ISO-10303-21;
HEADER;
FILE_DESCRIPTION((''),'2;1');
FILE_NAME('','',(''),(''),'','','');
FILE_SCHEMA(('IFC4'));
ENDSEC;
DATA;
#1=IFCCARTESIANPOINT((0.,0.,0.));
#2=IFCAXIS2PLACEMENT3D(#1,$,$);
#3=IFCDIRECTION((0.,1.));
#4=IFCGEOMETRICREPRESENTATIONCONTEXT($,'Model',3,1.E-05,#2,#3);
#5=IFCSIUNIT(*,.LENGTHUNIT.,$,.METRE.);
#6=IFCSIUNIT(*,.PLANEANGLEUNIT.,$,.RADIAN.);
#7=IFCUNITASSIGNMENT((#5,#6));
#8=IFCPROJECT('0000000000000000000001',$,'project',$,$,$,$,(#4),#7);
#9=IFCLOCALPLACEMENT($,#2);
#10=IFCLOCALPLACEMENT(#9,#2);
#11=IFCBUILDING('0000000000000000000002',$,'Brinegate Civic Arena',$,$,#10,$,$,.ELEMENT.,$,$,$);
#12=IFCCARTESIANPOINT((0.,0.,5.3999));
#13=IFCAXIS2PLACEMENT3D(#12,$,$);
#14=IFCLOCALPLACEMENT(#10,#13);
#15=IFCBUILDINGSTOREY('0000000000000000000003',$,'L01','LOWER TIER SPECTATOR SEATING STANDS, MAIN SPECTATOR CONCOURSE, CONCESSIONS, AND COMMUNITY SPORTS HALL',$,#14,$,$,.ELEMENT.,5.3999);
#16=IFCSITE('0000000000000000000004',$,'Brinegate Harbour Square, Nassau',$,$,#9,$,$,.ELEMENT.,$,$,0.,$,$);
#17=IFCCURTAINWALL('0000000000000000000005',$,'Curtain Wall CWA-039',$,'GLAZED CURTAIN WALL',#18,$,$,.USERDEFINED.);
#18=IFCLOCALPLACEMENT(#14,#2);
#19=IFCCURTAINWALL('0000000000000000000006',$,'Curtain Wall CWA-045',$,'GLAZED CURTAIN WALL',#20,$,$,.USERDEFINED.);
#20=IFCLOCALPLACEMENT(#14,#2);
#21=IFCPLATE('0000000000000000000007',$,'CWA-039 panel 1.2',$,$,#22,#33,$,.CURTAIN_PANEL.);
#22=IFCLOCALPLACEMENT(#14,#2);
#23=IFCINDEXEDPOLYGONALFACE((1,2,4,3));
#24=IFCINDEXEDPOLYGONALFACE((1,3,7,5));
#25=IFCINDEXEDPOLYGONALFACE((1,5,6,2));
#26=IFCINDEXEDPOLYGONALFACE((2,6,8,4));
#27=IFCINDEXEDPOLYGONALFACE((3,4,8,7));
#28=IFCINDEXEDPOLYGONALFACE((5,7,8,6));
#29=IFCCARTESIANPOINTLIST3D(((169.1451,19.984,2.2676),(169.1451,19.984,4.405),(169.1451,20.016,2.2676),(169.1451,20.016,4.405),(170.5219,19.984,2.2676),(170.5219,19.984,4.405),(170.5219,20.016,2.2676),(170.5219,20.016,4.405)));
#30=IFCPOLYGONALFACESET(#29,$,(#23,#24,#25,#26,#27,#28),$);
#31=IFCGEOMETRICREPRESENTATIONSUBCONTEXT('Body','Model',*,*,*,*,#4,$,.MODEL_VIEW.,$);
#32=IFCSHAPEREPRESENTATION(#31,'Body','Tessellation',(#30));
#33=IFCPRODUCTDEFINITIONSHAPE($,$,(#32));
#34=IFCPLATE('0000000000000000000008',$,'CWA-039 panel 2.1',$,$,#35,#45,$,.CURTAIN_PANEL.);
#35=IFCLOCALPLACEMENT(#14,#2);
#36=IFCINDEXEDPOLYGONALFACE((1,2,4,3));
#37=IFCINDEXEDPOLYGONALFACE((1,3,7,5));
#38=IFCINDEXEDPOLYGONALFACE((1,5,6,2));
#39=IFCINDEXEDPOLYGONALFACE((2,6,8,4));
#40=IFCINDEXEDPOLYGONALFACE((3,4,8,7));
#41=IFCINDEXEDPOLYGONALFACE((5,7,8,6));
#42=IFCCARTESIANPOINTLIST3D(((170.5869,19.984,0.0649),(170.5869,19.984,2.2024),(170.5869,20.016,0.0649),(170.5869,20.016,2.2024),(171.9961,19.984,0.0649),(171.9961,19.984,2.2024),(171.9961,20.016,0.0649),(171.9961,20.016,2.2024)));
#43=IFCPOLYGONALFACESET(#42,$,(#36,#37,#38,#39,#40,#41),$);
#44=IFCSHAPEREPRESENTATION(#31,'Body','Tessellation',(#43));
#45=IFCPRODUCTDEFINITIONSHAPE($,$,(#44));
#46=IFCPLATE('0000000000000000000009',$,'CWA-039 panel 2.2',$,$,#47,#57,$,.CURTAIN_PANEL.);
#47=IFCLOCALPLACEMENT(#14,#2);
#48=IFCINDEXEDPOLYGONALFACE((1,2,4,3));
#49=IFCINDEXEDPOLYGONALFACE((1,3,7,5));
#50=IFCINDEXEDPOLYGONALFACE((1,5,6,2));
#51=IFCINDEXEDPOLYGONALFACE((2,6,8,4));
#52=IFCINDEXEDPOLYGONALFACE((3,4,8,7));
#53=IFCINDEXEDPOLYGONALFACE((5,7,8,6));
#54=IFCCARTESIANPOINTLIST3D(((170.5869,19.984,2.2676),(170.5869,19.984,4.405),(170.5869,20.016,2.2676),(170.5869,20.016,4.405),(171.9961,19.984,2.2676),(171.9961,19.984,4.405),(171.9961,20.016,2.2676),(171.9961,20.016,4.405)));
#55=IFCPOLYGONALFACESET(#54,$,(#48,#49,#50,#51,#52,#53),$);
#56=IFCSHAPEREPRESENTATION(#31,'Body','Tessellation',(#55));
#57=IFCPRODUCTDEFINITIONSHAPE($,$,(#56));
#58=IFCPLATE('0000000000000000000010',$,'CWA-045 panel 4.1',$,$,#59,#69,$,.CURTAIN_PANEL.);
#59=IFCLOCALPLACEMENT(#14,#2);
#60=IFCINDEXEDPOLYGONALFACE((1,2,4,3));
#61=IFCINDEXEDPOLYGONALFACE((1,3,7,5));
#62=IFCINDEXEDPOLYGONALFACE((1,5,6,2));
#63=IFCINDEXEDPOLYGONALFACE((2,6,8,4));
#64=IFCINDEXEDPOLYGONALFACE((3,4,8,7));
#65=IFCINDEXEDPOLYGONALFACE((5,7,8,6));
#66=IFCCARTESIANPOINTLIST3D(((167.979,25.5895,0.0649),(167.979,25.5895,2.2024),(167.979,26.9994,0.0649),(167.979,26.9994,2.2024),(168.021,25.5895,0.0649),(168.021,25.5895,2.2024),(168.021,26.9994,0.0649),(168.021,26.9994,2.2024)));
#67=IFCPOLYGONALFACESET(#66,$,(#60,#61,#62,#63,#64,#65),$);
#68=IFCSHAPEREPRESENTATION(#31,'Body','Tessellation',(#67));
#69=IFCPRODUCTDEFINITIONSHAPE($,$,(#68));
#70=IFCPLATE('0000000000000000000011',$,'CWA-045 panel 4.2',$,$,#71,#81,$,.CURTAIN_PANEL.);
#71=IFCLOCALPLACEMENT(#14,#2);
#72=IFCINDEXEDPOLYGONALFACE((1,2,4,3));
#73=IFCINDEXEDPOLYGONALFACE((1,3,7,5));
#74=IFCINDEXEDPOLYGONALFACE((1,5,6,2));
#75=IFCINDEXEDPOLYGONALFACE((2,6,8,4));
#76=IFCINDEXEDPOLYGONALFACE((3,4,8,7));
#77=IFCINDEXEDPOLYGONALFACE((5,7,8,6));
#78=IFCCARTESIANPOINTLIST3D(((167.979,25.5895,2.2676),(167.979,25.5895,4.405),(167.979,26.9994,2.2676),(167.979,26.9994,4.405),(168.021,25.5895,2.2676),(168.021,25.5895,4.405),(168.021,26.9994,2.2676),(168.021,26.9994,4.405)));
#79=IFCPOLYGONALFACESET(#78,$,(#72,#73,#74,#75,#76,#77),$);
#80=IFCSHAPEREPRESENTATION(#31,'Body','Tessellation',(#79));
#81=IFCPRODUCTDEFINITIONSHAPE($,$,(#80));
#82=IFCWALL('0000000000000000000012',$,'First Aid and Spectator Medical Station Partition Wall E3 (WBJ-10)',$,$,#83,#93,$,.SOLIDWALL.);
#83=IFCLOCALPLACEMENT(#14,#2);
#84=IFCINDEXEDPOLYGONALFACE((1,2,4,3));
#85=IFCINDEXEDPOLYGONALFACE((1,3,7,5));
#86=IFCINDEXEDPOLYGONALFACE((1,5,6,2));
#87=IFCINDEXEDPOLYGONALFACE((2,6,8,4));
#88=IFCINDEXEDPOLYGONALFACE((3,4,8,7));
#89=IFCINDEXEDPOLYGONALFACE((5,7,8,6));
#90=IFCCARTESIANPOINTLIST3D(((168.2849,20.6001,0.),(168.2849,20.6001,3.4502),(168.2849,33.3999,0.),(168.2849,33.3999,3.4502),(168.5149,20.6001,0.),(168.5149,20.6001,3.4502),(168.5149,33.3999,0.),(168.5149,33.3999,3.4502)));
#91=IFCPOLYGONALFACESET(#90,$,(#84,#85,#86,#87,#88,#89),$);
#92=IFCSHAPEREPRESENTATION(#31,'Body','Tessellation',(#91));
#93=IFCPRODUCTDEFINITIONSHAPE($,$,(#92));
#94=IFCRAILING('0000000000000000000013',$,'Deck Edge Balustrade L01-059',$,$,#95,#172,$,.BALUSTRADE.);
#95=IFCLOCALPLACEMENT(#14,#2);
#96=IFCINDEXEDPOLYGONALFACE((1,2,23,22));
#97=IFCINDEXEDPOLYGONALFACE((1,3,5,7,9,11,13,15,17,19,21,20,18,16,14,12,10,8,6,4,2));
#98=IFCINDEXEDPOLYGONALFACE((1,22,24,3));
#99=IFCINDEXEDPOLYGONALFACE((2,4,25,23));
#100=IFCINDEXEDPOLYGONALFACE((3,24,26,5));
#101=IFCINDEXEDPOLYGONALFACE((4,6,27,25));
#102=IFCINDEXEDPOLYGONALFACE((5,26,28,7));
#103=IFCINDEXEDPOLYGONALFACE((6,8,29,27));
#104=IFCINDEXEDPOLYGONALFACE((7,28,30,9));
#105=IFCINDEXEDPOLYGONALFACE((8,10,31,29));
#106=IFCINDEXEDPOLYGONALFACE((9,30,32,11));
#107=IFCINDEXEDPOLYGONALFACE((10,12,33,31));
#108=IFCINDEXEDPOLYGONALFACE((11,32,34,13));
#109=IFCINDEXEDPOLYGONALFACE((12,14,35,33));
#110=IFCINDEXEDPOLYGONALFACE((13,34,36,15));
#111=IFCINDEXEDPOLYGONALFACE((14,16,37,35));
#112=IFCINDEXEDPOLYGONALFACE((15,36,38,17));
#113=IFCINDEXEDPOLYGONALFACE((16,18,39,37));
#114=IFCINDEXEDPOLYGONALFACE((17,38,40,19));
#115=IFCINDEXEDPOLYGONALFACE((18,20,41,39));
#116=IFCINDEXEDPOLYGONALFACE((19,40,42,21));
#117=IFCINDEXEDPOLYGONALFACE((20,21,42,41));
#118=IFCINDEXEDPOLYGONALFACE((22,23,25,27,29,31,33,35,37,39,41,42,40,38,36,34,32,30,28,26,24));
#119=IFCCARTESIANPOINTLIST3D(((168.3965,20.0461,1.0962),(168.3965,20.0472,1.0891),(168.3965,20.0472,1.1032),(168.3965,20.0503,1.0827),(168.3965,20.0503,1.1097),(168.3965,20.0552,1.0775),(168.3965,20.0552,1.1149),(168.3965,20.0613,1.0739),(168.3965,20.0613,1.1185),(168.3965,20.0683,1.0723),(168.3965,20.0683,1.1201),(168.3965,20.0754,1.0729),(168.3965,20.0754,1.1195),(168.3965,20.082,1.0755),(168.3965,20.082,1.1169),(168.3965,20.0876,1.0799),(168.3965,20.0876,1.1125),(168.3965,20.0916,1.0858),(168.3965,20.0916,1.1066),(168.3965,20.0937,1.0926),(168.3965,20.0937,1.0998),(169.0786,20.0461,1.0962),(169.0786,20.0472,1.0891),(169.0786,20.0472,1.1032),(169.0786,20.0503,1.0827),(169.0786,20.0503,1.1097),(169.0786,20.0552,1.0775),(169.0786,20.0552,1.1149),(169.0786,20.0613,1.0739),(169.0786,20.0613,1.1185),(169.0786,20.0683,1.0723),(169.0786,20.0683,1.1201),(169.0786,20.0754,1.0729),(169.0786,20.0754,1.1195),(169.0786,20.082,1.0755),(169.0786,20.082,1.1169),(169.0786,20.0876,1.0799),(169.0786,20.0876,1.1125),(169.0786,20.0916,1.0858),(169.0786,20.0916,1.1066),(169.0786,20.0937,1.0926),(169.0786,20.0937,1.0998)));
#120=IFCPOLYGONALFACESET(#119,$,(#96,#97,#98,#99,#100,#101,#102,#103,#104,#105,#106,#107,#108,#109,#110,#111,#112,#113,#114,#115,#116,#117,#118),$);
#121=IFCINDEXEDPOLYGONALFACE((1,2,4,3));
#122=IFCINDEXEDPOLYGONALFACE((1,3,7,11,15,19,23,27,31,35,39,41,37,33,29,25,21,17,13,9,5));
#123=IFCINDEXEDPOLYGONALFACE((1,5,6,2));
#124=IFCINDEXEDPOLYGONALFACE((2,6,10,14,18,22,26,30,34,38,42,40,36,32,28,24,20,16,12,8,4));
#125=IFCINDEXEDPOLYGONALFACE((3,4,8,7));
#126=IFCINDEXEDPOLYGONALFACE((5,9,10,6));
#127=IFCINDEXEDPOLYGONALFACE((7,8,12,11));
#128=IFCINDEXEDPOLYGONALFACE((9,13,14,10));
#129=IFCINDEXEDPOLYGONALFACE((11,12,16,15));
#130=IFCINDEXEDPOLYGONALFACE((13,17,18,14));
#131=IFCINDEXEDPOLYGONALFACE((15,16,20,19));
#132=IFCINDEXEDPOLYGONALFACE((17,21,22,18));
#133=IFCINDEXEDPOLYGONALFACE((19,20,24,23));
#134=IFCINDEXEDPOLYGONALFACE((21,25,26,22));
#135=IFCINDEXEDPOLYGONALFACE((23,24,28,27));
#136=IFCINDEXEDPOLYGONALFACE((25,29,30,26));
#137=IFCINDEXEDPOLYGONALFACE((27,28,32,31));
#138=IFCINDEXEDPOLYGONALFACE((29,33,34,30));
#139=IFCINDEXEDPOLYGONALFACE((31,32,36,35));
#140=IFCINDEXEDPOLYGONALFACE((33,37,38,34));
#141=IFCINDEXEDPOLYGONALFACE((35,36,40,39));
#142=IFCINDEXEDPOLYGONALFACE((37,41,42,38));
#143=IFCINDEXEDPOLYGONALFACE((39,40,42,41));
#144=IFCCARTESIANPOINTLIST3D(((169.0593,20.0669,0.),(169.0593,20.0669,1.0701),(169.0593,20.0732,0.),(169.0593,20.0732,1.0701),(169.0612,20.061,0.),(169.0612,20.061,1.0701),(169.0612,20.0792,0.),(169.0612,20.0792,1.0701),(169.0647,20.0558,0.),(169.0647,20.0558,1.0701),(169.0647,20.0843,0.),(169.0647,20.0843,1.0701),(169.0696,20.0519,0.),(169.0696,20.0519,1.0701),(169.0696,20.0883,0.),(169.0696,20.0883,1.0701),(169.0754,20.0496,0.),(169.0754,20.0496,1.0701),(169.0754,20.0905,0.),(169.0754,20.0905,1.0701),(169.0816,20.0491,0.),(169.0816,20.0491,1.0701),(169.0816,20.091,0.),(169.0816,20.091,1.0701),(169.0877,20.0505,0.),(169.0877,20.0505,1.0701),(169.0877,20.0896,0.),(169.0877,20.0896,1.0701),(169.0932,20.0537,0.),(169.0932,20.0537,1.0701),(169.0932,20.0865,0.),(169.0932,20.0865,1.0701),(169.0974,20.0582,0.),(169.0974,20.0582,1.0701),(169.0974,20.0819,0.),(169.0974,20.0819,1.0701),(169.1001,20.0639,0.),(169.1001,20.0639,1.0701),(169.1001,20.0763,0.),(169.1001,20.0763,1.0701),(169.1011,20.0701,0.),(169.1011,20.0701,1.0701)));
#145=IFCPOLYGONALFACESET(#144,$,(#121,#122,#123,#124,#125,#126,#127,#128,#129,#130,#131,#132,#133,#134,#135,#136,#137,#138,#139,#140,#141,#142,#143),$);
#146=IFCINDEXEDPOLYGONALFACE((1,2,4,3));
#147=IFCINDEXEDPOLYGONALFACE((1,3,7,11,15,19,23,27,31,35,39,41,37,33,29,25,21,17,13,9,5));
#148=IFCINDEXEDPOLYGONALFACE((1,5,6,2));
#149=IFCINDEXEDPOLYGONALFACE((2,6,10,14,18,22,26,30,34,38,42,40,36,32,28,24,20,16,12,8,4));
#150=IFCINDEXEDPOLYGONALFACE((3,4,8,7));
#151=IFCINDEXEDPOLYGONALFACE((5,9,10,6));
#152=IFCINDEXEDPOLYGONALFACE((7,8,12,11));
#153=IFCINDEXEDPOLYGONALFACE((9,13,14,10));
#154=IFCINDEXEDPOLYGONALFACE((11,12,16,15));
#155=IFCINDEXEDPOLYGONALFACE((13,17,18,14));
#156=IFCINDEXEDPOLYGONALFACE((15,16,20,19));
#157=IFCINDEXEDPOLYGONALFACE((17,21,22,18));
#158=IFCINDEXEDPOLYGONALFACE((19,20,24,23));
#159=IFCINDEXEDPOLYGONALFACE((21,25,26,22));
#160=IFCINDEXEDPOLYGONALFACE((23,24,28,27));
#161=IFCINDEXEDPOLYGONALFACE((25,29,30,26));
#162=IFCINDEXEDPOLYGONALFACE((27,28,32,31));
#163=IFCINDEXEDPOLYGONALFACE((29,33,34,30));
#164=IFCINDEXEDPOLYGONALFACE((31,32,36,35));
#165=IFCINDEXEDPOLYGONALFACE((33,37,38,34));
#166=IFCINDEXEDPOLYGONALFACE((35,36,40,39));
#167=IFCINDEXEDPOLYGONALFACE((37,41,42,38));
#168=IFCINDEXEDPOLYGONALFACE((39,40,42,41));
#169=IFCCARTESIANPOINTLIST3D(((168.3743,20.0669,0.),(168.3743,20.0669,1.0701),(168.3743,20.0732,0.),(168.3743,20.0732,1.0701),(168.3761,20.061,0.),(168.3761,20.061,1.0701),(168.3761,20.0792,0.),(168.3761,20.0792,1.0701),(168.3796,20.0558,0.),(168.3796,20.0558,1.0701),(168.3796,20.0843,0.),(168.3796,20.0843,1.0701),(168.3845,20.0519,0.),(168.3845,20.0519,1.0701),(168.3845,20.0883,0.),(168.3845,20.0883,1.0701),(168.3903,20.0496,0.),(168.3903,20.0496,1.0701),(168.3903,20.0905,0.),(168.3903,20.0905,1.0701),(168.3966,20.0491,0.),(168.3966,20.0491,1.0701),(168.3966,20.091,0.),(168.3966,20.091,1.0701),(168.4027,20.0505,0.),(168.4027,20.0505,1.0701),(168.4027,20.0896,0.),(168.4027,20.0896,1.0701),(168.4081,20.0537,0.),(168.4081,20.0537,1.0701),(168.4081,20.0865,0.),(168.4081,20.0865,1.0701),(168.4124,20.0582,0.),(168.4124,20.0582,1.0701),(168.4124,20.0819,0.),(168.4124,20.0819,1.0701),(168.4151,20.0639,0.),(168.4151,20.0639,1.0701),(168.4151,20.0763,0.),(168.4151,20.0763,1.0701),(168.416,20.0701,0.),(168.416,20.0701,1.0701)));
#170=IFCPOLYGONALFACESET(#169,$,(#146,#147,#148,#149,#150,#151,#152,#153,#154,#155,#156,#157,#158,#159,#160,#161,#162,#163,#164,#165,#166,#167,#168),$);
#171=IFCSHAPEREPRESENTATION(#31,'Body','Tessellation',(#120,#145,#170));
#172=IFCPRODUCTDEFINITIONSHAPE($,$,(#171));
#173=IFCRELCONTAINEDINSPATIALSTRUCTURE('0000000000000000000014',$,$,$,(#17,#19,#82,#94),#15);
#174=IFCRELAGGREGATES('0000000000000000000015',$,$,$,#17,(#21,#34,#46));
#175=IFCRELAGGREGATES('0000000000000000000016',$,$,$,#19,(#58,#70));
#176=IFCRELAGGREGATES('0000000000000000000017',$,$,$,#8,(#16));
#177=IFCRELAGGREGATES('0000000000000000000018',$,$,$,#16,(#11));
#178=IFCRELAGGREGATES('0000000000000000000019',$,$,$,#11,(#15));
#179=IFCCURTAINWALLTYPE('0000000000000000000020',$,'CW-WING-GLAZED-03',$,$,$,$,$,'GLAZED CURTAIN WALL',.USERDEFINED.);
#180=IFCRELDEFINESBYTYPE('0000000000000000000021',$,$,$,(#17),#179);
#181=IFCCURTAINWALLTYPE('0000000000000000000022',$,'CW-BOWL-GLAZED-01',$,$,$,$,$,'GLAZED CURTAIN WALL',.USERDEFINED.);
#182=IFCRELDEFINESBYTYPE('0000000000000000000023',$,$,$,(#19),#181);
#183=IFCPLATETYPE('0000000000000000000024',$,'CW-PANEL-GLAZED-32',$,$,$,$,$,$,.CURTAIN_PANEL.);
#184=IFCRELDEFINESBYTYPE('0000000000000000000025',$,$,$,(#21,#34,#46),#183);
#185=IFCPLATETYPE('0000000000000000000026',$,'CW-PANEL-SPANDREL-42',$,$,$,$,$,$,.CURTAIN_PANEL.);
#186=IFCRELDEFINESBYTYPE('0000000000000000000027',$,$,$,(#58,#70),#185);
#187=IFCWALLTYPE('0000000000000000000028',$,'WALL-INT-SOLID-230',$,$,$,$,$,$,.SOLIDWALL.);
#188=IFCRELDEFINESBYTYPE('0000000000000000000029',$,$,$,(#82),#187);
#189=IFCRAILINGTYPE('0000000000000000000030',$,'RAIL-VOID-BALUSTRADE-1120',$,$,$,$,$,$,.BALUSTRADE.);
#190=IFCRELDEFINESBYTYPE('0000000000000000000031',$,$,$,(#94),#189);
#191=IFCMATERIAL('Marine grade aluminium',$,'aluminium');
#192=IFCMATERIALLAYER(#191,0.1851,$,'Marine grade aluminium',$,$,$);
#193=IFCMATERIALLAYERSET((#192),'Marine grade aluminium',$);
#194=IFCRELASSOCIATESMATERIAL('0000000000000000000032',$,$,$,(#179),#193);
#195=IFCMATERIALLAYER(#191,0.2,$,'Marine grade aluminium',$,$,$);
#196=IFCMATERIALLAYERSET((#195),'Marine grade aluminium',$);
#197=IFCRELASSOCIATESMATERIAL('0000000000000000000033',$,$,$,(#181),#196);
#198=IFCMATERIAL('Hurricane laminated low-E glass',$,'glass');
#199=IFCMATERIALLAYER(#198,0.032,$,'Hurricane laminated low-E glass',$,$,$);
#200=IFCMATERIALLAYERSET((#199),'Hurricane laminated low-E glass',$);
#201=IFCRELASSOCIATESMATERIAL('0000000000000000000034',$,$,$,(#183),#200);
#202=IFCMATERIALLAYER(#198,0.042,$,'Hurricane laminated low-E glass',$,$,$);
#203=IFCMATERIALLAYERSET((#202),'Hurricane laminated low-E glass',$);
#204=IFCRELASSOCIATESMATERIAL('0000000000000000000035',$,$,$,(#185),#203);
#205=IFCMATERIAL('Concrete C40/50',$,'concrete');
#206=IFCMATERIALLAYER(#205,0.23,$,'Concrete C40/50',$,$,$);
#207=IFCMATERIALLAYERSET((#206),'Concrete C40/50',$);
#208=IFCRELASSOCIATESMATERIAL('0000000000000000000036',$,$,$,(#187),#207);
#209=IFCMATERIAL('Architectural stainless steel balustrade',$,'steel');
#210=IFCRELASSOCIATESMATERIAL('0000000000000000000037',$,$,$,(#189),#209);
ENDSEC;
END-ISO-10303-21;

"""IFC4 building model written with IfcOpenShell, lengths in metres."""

from ifc_helpers import new_model, si_unit, direction, frame, frame_2d, origin, origin_2d, place, context, subcontext, project, spatial, rectangle, circle, extrude, material, layer, layer_set, type_object, element, aggregate, save


model = new_model("IFC4")

# Units and contexts
model_context = context("Model", 3, precision=1e-05, world=origin(), true_north=direction((0.0, 1.0)))
body_context = subcontext(model_context, "Body", "Model", "MODEL_VIEW")
ifc_project = project(units=[si_unit("LENGTHUNIT", "METRE"), si_unit("PLANEANGLEUNIT", "RADIAN")], contexts=[model_context])

# Site, building, storey
site_placement = place(None, origin())
site = spatial("IfcSite", under=ifc_project, at=site_placement, Name="Brinegate Harbour Square, Nassau", CompositionType="ELEMENT", RefElevation=0.0)
building_placement = place(site_placement, origin())
building = spatial("IfcBuilding", under=site, at=building_placement, Name="Brinegate Civic Arena", CompositionType="ELEMENT")
storey_placement = place(building_placement, frame((0.0, 0.0, 5.3999)))
storey = spatial("IfcBuildingStorey", under=building, at=storey_placement, Name="L01", Description="LOWER TIER SPECTATOR SEATING STANDS, MAIN SPECTATOR CONCOURSE, CONCESSIONS, AND COMMUNITY SPORTS HALL", CompositionType="ELEMENT", Elevation=5.3999)

# Curtain wall
ifc_material_1 = material(Name="Marine grade aluminium", Category="aluminium")
ifc_layer_1 = layer(ifc_material_1, 0.1851, Name="Marine grade aluminium")
ifc_layer_set_1 = layer_set([ifc_layer_1], Name="Marine grade aluminium")
curtain_wall_type_1 = type_object("IfcCurtainWallType", Name="CW-WING-GLAZED-03", ElementType="GLAZED CURTAIN WALL", PredefinedType="USERDEFINED", material=ifc_layer_set_1)
curtain_wall_1_placement = place(storey_placement, origin())
curtain_wall_1 = element("IfcCurtainWall", 1, at=curtain_wall_1_placement, inside=storey, type_object=curtain_wall_type_1, Name="Curtain Wall CWA-039", ObjectType="GLAZED CURTAIN WALL", PredefinedType="USERDEFINED")

# Curtain wall
ifc_layer_2 = layer(ifc_material_1, 0.2, Name="Marine grade aluminium")
ifc_layer_set_2 = layer_set([ifc_layer_2], Name="Marine grade aluminium")
curtain_wall_type_2 = type_object("IfcCurtainWallType", Name="CW-BOWL-GLAZED-01", ElementType="GLAZED CURTAIN WALL", PredefinedType="USERDEFINED", material=ifc_layer_set_2)
curtain_wall_2_placement = place(storey_placement, origin())
curtain_wall_2 = element("IfcCurtainWall", 2, at=curtain_wall_2_placement, inside=storey, type_object=curtain_wall_type_2, Name="Curtain Wall CWA-045", ObjectType="GLAZED CURTAIN WALL", PredefinedType="USERDEFINED")

# Plates
ifc_material_2 = material(Name="Hurricane laminated low-E glass", Category="glass")
ifc_layer_3 = layer(ifc_material_2, 0.032, Name="Hurricane laminated low-E glass")
ifc_layer_set_3 = layer_set([ifc_layer_3], Name="Hurricane laminated low-E glass")
plate_type_1 = type_object("IfcPlateType", Name="CW-PANEL-GLAZED-32", PredefinedType="CURTAIN_PANEL", material=ifc_layer_set_3)
plate_1_placement = place(storey_placement, frame((169.8335, 20.0, 2.2676), z_axis=(0.0, 0.0, 1.0), x_axis=(1.0, 0.0, 0.0)))
plate_1 = element("IfcPlate", 3, at=plate_1_placement, type_object=plate_type_1, Name="CWA-039 panel 1.2", PredefinedType="CURTAIN_PANEL", context=body_context, shape_type="SweptSolid", body=[
    extrude(rectangle(XDim=1.3767, YDim=0.032, at=origin_2d()), origin(), (0.0, 0.0, 1.0), 2.1375),
])
plate_2_placement = place(storey_placement, frame((171.2915, 20.0, 0.0649), z_axis=(0.0, 0.0, 1.0), x_axis=(1.0, 0.0, 0.0)))
plate_2 = element("IfcPlate", 4, at=plate_2_placement, type_object=plate_type_1, Name="CWA-039 panel 2.1", PredefinedType="CURTAIN_PANEL", context=body_context, shape_type="SweptSolid", body=[
    extrude(rectangle(XDim=1.4092, YDim=0.032, at=origin_2d()), origin(), (0.0, 0.0, 1.0), 2.1375),
])
plate_3_placement = place(storey_placement, frame((171.2915, 20.0, 2.2676), z_axis=(0.0, 0.0, 1.0), x_axis=(1.0, 0.0, 0.0)))
plate_3 = element("IfcPlate", 5, at=plate_3_placement, type_object=plate_type_1, Name="CWA-039 panel 2.2", PredefinedType="CURTAIN_PANEL", context=body_context, shape_type="SweptSolid", body=[
    extrude(rectangle(XDim=1.4092, YDim=0.032, at=origin_2d()), origin(), (0.0, 0.0, 1.0), 2.1375),
])
aggregate(curtain_wall_1, [plate_1, plate_2, plate_3])
ifc_layer_4 = layer(ifc_material_2, 0.042, Name="Hurricane laminated low-E glass")
ifc_layer_set_4 = layer_set([ifc_layer_4], Name="Hurricane laminated low-E glass")
plate_type_2 = type_object("IfcPlateType", Name="CW-PANEL-SPANDREL-42", PredefinedType="CURTAIN_PANEL", material=ifc_layer_set_4)
plate_4_placement = place(storey_placement, frame((168.0, 26.2944, 0.0649), z_axis=(0.0, 0.0, 1.0), x_axis=(0.0, 1.0, 0.0)))
plate_4 = element("IfcPlate", 6, at=plate_4_placement, type_object=plate_type_2, Name="CWA-045 panel 4.1", PredefinedType="CURTAIN_PANEL", context=body_context, shape_type="SweptSolid", body=[
    extrude(rectangle(XDim=1.4099, YDim=0.042, at=origin_2d()), origin(), (0.0, 0.0, 1.0), 2.1375),
])
plate_5_placement = place(storey_placement, frame((168.0, 26.2944, 2.2676), z_axis=(0.0, 0.0, 1.0), x_axis=(0.0, 1.0, 0.0)))
plate_5 = element("IfcPlate", 7, at=plate_5_placement, type_object=plate_type_2, Name="CWA-045 panel 4.2", PredefinedType="CURTAIN_PANEL", context=body_context, shape_type="SweptSolid", body=[
    extrude(rectangle(XDim=1.4099, YDim=0.042, at=origin_2d()), origin(), (0.0, 0.0, 1.0), 2.1375),
])
aggregate(curtain_wall_2, [plate_4, plate_5])

# Wall
ifc_material_3 = material(Name="Concrete C40/50", Category="concrete")
ifc_layer_5 = layer(ifc_material_3, 0.23, Name="Concrete C40/50")
ifc_layer_set_5 = layer_set([ifc_layer_5], Name="Concrete C40/50")
wall_type = type_object("IfcWallType", Name="WALL-INT-SOLID-230", PredefinedType="SOLIDWALL", material=ifc_layer_set_5)
wall_placement = place(storey_placement, frame((168.3999, 20.6001, 0.0), z_axis=(0.0, 0.0, 1.0), x_axis=(0.0, 1.0, 0.0)))
element("IfcWall", 8, at=wall_placement, inside=storey, type_object=wall_type, Name="First Aid and Spectator Medical Station Partition Wall E3 (WBJ-10)", PredefinedType="SOLIDWALL", context=body_context, shape_type="SweptSolid", body=[
    extrude(rectangle(XDim=12.7998, YDim=0.23, at=frame_2d((6.3999, 0.0))), origin(), (0.0, 0.0, 1.0), 3.4502),
])

# Railing
ifc_material_4 = material(Name="Architectural stainless steel balustrade", Category="steel")
railing_type = type_object("IfcRailingType", Name="RAIL-VOID-BALUSTRADE-1120", PredefinedType="BALUSTRADE", material=ifc_material_4)
railing_placement = place(storey_placement, frame((169.0801, 20.0701, 0.0)))
element("IfcRailing", 9, at=railing_placement, inside=storey, type_object=railing_type, Name="Deck Edge Balustrade L01-059", PredefinedType="BALUSTRADE", context=body_context, shape_type="SweptSolid", body=[
    extrude(circle(Radius=0.0239, at=origin_2d()), frame((-0.0015, 0.0, 1.0962), z_axis=(-1.0, 0.0, 0.0), x_axis=(0.0, -1.0, 0.0)), (0.0, 0.0, 1.0), 0.6821),
    extrude(circle(Radius=0.021, at=origin_2d()), origin(), (0.0, 0.0, 1.0), 1.0701),
    extrude(circle(Radius=0.021, at=origin_2d()), frame((-0.6851, 0.0, 0.0)), (0.0, 0.0, 1.0), 1.0701),
])

save(model, "model.ifc")
